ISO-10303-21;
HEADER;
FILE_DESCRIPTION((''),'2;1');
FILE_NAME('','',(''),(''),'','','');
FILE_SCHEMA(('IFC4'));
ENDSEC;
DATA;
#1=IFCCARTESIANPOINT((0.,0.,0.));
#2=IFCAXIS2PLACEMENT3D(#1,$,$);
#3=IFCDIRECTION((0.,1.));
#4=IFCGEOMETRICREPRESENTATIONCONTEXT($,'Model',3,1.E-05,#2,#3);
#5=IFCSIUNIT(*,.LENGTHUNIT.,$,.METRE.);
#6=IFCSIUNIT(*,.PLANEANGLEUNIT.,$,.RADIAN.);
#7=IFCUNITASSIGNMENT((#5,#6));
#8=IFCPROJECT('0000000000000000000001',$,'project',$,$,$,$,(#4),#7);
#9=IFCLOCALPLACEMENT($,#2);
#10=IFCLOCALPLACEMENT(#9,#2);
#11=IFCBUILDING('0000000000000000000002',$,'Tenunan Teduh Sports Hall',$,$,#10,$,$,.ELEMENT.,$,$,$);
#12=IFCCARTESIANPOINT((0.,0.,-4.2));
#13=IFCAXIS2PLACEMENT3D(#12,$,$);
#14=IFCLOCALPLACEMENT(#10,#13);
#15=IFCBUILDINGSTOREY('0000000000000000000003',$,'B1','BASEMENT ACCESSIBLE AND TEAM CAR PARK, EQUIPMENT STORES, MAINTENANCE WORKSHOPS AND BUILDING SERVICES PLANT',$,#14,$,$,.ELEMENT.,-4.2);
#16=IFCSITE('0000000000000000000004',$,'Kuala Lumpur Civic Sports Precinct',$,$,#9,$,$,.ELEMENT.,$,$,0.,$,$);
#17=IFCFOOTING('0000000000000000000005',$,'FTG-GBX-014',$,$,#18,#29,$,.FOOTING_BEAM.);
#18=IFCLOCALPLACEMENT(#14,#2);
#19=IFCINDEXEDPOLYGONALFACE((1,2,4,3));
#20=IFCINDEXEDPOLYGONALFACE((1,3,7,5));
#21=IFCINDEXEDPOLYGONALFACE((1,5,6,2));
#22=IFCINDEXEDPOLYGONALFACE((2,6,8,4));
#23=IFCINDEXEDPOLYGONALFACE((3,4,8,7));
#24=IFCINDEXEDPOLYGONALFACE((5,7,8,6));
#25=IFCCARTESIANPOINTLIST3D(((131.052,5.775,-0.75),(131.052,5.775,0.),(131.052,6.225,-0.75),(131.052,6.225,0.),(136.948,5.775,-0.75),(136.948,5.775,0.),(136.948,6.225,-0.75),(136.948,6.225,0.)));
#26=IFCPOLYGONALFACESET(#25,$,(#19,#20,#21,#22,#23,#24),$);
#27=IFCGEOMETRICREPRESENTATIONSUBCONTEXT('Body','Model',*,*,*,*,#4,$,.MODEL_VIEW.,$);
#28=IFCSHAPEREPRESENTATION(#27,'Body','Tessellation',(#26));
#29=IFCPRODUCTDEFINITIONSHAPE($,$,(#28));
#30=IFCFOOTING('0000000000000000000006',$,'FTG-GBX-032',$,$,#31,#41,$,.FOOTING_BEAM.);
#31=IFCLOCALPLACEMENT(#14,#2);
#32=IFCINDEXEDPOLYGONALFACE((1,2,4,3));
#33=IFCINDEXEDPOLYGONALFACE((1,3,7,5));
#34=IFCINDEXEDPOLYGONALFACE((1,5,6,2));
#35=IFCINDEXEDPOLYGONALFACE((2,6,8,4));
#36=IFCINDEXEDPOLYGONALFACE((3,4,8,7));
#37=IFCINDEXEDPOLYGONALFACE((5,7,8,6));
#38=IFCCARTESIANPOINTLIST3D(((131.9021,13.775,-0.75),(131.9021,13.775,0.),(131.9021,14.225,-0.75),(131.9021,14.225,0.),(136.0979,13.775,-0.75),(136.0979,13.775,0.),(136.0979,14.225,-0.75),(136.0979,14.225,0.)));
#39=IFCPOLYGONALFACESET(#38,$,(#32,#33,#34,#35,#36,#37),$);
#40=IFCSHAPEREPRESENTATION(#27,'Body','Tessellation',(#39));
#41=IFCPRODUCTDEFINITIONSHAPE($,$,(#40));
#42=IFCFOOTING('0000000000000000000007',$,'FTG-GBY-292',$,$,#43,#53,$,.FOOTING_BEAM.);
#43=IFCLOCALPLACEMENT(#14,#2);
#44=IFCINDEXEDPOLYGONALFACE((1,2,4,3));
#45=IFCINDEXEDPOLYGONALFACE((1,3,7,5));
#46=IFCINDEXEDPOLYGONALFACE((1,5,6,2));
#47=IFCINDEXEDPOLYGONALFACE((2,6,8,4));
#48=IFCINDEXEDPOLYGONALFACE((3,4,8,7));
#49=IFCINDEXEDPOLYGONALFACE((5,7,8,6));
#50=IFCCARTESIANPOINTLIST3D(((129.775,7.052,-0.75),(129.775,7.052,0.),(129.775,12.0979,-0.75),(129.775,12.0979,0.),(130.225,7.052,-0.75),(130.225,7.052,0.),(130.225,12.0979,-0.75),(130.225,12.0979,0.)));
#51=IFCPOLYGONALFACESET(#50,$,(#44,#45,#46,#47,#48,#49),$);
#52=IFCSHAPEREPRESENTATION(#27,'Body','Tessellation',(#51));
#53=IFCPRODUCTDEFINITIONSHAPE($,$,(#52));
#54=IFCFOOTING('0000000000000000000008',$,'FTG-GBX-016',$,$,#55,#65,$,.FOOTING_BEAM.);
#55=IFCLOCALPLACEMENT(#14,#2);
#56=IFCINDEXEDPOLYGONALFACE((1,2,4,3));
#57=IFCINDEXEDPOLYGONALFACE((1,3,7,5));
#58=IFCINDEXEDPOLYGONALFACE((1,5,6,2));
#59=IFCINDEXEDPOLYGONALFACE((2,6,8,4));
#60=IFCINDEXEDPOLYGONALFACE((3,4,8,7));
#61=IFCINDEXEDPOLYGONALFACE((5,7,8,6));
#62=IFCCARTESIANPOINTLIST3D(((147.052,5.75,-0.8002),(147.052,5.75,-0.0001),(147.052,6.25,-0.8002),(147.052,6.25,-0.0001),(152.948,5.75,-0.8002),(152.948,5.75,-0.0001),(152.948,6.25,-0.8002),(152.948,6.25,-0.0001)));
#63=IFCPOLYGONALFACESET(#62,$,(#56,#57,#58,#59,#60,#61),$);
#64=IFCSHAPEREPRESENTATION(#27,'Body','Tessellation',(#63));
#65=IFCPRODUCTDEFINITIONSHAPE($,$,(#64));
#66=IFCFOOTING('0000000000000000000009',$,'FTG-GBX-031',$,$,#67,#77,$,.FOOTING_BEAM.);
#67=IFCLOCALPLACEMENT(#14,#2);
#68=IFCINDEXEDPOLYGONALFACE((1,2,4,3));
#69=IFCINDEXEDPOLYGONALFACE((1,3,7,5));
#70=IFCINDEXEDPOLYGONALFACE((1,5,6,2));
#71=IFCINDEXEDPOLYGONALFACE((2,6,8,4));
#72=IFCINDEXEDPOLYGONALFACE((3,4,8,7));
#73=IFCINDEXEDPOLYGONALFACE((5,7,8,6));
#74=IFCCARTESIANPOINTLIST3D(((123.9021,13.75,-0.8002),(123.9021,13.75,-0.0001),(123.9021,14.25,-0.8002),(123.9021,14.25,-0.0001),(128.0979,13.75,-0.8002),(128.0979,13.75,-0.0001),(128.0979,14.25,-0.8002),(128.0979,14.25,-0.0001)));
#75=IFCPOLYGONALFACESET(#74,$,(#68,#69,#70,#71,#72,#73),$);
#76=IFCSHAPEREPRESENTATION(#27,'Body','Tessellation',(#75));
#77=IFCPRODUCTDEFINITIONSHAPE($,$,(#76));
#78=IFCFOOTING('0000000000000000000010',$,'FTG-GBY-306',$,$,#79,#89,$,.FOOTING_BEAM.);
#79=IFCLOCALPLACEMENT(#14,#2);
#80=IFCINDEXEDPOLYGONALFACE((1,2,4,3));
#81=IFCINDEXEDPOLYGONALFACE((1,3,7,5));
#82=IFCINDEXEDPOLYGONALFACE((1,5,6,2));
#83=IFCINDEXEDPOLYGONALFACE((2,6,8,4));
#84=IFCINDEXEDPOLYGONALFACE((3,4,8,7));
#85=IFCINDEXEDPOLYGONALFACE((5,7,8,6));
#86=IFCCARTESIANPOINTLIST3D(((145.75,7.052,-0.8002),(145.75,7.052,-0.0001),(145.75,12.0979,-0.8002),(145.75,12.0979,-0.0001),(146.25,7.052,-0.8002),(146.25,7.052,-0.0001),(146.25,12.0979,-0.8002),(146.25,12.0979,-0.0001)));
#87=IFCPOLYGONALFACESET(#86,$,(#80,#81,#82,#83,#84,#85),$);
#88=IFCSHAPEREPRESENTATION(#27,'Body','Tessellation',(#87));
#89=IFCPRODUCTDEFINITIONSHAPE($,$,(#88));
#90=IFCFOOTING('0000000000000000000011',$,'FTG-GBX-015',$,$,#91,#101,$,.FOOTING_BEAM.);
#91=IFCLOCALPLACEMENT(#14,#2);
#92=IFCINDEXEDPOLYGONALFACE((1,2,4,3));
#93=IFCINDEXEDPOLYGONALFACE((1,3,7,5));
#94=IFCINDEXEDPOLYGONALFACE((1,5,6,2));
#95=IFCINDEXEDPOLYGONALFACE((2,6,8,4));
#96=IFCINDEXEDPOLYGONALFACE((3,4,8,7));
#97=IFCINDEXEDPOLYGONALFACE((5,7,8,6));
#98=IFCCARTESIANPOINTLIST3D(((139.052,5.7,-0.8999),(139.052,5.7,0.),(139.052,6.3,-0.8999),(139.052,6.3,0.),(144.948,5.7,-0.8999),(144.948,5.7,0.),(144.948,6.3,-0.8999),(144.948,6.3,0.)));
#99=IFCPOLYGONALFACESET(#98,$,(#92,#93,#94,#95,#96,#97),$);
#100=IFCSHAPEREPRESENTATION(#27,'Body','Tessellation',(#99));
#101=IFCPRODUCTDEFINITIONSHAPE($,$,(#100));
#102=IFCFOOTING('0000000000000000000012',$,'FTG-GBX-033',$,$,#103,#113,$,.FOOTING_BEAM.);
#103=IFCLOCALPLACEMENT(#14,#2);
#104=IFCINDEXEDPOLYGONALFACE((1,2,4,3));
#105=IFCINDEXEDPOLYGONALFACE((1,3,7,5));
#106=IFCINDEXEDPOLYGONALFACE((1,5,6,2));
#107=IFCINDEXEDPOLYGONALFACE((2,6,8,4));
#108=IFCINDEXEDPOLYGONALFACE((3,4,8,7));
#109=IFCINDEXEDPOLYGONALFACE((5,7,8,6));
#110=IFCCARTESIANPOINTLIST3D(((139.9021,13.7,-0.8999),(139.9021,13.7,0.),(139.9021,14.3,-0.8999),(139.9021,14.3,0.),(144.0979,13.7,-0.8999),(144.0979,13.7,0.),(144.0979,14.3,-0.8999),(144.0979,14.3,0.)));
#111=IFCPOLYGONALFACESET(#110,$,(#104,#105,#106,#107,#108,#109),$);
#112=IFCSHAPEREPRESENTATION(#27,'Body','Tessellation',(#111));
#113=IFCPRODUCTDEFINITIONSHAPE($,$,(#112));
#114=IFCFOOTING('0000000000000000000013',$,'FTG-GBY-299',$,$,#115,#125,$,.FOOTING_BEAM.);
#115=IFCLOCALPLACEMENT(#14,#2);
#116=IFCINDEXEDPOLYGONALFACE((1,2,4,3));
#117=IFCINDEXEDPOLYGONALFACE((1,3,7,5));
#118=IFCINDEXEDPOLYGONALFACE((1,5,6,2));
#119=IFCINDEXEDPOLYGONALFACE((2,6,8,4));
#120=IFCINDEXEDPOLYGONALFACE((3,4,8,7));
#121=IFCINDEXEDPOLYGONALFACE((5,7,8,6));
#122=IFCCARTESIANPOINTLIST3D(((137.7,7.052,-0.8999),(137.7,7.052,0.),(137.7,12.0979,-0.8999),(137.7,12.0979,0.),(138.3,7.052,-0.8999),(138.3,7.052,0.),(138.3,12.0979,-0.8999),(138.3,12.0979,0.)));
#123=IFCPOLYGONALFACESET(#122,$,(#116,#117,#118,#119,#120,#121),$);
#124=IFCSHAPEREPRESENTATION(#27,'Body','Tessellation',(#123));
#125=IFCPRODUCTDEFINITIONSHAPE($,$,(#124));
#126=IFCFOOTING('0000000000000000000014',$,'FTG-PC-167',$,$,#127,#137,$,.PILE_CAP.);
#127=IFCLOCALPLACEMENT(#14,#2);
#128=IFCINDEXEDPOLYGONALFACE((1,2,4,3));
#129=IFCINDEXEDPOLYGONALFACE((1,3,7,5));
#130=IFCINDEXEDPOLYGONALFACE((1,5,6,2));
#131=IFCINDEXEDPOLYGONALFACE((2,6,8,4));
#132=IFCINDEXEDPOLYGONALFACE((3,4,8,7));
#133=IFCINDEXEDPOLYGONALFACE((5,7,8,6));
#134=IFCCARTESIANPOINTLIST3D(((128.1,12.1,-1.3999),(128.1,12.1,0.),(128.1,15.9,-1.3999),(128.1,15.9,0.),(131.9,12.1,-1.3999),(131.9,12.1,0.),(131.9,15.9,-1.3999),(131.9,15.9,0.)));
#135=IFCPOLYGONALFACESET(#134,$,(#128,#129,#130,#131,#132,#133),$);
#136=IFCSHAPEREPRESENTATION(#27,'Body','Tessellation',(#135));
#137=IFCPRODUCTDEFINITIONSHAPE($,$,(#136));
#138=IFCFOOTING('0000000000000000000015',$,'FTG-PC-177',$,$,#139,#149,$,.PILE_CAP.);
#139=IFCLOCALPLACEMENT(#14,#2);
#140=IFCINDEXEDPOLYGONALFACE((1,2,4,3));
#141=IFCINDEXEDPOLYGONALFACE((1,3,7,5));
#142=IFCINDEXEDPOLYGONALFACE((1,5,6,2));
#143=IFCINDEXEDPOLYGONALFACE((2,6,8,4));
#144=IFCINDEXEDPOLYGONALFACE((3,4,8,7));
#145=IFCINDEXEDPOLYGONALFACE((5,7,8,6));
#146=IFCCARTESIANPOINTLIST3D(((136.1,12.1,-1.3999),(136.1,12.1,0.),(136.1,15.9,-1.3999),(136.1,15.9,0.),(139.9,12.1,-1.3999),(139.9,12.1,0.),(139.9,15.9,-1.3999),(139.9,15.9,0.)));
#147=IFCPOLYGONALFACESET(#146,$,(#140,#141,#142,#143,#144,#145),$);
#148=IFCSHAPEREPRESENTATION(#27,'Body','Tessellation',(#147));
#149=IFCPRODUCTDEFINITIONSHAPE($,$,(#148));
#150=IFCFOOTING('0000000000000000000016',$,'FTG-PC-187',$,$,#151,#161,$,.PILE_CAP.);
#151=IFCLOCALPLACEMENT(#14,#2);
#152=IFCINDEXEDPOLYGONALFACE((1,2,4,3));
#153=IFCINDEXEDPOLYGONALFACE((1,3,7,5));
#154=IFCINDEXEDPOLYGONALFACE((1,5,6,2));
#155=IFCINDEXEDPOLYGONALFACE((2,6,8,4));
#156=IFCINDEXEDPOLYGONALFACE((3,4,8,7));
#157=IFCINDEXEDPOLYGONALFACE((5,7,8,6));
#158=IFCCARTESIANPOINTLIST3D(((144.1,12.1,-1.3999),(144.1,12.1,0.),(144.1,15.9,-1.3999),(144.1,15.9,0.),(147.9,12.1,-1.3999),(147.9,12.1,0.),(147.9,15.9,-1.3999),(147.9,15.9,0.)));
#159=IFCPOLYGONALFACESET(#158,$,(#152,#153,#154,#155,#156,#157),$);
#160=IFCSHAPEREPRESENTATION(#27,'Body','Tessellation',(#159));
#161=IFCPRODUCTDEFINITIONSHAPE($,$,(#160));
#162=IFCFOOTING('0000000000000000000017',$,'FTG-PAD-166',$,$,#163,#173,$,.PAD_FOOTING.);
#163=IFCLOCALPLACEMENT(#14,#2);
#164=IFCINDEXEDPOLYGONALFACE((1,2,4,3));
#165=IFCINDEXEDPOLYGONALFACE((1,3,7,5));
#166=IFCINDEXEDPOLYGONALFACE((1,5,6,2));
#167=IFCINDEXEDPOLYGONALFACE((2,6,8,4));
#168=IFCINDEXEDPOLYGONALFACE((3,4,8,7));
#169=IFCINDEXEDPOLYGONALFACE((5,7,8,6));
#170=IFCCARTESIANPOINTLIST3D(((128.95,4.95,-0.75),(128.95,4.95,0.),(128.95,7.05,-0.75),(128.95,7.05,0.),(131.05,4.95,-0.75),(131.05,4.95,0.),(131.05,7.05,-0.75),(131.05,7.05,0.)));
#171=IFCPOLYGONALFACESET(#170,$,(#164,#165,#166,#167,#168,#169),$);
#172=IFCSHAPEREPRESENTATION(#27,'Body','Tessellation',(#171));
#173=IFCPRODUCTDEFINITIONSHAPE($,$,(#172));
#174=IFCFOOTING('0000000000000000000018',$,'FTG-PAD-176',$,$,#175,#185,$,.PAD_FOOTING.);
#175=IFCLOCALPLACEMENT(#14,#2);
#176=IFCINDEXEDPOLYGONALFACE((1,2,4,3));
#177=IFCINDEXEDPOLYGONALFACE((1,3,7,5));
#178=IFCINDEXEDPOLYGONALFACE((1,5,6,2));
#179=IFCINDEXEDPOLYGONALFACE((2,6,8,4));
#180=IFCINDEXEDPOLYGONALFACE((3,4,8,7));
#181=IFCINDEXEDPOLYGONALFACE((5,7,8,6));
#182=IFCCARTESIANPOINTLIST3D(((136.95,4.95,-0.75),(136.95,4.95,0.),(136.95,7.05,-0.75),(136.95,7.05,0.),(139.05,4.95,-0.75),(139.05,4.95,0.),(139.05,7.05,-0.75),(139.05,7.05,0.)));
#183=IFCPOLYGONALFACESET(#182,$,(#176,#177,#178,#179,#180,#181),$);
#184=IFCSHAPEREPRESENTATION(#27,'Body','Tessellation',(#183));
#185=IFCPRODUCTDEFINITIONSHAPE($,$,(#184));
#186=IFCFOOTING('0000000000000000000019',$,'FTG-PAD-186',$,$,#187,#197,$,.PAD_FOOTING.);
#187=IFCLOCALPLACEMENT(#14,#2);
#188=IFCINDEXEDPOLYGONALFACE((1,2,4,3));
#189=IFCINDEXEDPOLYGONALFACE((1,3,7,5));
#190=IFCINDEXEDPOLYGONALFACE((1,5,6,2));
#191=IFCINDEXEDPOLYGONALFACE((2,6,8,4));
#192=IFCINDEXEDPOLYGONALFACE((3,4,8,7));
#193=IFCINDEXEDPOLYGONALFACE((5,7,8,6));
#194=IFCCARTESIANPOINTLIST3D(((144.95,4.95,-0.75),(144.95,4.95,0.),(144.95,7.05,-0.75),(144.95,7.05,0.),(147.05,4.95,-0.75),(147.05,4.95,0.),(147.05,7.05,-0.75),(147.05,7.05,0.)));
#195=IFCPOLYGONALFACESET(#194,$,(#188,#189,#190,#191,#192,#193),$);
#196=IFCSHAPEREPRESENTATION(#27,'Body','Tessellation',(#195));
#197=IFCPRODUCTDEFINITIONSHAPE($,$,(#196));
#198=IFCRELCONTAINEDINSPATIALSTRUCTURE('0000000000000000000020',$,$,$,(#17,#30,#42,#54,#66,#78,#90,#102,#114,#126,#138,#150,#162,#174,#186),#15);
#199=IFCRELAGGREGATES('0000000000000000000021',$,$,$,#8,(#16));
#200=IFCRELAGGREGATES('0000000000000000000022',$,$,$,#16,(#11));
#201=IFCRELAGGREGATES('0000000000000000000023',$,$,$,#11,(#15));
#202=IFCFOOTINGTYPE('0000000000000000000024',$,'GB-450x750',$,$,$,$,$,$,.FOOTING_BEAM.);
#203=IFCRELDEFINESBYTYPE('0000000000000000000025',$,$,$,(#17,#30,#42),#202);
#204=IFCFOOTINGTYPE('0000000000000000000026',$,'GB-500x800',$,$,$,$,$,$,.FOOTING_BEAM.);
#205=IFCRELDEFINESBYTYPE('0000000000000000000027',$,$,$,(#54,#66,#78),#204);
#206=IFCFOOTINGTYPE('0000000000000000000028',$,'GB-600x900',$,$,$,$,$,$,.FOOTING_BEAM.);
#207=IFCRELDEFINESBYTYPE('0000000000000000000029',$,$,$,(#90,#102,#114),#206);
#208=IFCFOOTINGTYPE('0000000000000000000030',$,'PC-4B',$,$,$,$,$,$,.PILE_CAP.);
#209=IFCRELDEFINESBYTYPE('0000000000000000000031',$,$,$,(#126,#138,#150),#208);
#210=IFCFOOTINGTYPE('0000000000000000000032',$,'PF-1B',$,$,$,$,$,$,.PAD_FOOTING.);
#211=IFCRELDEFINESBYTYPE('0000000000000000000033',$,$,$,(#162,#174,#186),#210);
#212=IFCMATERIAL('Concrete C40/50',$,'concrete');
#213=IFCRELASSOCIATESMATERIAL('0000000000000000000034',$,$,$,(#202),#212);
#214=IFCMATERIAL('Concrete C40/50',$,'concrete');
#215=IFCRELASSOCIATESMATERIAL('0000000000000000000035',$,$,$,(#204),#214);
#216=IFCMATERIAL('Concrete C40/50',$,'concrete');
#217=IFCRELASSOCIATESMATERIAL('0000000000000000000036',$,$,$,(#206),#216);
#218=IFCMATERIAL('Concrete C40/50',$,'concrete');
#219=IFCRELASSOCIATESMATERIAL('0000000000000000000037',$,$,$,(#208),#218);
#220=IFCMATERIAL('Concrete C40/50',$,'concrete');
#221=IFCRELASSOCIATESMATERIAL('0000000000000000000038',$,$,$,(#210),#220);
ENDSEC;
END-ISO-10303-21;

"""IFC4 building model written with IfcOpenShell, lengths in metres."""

from ifc_helpers import new_model, si_unit, direction, frame, origin, origin_2d, place, context, subcontext, project, spatial, rectangle, extrude, material, material_profile, profile_set, type_object, element, save


model = new_model("IFC4")

# Units and contexts
model_context = context("Model", 3, precision=1e-05, world=origin(), true_north=direction((0.0, 1.0)))
body_context = subcontext(model_context, "Body", "Model", "MODEL_VIEW")
ifc_project = project(units=[si_unit("LENGTHUNIT", "METRE"), si_unit("PLANEANGLEUNIT", "RADIAN")], contexts=[model_context])

# Site, building, storey
site_placement = place(None, origin())
site = spatial("IfcSite", under=ifc_project, at=site_placement, Name="Kuala Lumpur Civic Sports Precinct", CompositionType="ELEMENT", RefElevation=0.0)
building_placement = place(site_placement, origin())
building = spatial("IfcBuilding", under=site, at=building_placement, Name="Tenunan Teduh Sports Hall", CompositionType="ELEMENT")
storey_placement = place(building_placement, frame((0.0, 0.0, -4.2)))
storey = spatial("IfcBuildingStorey", under=building, at=storey_placement, Name="B1", Description="BASEMENT ACCESSIBLE AND TEAM CAR PARK, EQUIPMENT STORES, MAINTENANCE WORKSHOPS AND BUILDING SERVICES PLANT", CompositionType="ELEMENT", Elevation=-4.2)

# Footings
ifc_material_1 = material(Name="Concrete C40/50", Category="concrete")
ifc_material_profile_1 = material_profile(ifc_material_1, rectangle(XDim=0.45, YDim=0.75, at=origin_2d()), Name="RCB 450x750")
ifc_profile_set_1 = profile_set([ifc_material_profile_1], Name="Concrete C40/50")
footing_type_1 = type_object("IfcFootingType", Name="GB-450x750", PredefinedType="FOOTING_BEAM", material=ifc_profile_set_1)
footing_1_placement = place(storey_placement, frame((131.052, 6.0, -0.375), z_axis=(1.0, 0.0, 0.0), x_axis=(0.0, 1.0, 0.0)))
element("IfcFooting", 1, at=footing_1_placement, inside=storey, type_object=footing_type_1, Name="FTG-GBX-014", PredefinedType="FOOTING_BEAM", context=body_context, shape_type="SweptSolid", body=[
    extrude(rectangle(XDim=0.45, YDim=0.75, at=origin_2d()), origin(), (0.0, 0.0, 1.0), 5.896),
])
footing_2_placement = place(storey_placement, frame((131.9021, 14.0, -0.375), z_axis=(1.0, 0.0, 0.0), x_axis=(0.0, 1.0, 0.0)))
element("IfcFooting", 2, at=footing_2_placement, inside=storey, type_object=footing_type_1, Name="FTG-GBX-032", PredefinedType="FOOTING_BEAM", context=body_context, shape_type="SweptSolid", body=[
    extrude(rectangle(XDim=0.45, YDim=0.75, at=origin_2d()), origin(), (0.0, 0.0, 1.0), 4.1958),
])
footing_3_placement = place(storey_placement, frame((130.0, 7.052, -0.375), z_axis=(0.0, 1.0, 0.0), x_axis=(-1.0, 0.0, 0.0)))
element("IfcFooting", 3, at=footing_3_placement, inside=storey, type_object=footing_type_1, Name="FTG-GBY-292", PredefinedType="FOOTING_BEAM", context=body_context, shape_type="SweptSolid", body=[
    extrude(rectangle(XDim=0.45, YDim=0.75, at=origin_2d()), origin(), (0.0, 0.0, 1.0), 5.0459),
])
ifc_material_2 = material(Name="Concrete C40/50", Category="concrete")
ifc_material_profile_2 = material_profile(ifc_material_2, rectangle(XDim=0.5, YDim=0.8, at=origin_2d()), Name="RCB 500x800")
ifc_profile_set_2 = profile_set([ifc_material_profile_2], Name="Concrete C40/50")
footing_type_2 = type_object("IfcFootingType", Name="GB-500x800", PredefinedType="FOOTING_BEAM", material=ifc_profile_set_2)
footing_4_placement = place(storey_placement, frame((147.052, 6.0, -0.4001), z_axis=(1.0, 0.0, 0.0), x_axis=(0.0, 1.0, 0.0)))
element("IfcFooting", 4, at=footing_4_placement, inside=storey, type_object=footing_type_2, Name="FTG-GBX-016", PredefinedType="FOOTING_BEAM", context=body_context, shape_type="SweptSolid", body=[
    extrude(rectangle(XDim=0.5, YDim=0.8, at=origin_2d()), origin(), (0.0, 0.0, 1.0), 5.896),
])
footing_5_placement = place(storey_placement, frame((123.9021, 14.0, -0.4001), z_axis=(1.0, 0.0, 0.0), x_axis=(0.0, 1.0, 0.0)))
element("IfcFooting", 5, at=footing_5_placement, inside=storey, type_object=footing_type_2, Name="FTG-GBX-031", PredefinedType="FOOTING_BEAM", context=body_context, shape_type="SweptSolid", body=[
    extrude(rectangle(XDim=0.5, YDim=0.8, at=origin_2d()), origin(), (0.0, 0.0, 1.0), 4.1958),
])
footing_6_placement = place(storey_placement, frame((146.0, 7.052, -0.4001), z_axis=(0.0, 1.0, 0.0), x_axis=(-1.0, 0.0, 0.0)))
element("IfcFooting", 6, at=footing_6_placement, inside=storey, type_object=footing_type_2, Name="FTG-GBY-306", PredefinedType="FOOTING_BEAM", context=body_context, shape_type="SweptSolid", body=[
    extrude(rectangle(XDim=0.5, YDim=0.8, at=origin_2d()), origin(), (0.0, 0.0, 1.0), 5.0459),
])
ifc_material_3 = material(Name="Concrete C40/50", Category="concrete")
ifc_material_profile_3 = material_profile(ifc_material_3, rectangle(XDim=0.6001, YDim=0.8999, at=origin_2d()), Name="RCB 600x900")
ifc_profile_set_3 = profile_set([ifc_material_profile_3], Name="Concrete C40/50")
footing_type_3 = type_object("IfcFootingType", Name="GB-600x900", PredefinedType="FOOTING_BEAM", material=ifc_profile_set_3)
footing_7_placement = place(storey_placement, frame((139.052, 6.0, -0.45), z_axis=(1.0, 0.0, 0.0), x_axis=(0.0, 1.0, 0.0)))
element("IfcFooting", 7, at=footing_7_placement, inside=storey, type_object=footing_type_3, Name="FTG-GBX-015", PredefinedType="FOOTING_BEAM", context=body_context, shape_type="SweptSolid", body=[
    extrude(rectangle(XDim=0.6001, YDim=0.8999, at=origin_2d()), origin(), (0.0, 0.0, 1.0), 5.896),
])
footing_8_placement = place(storey_placement, frame((139.9021, 14.0, -0.45), z_axis=(1.0, 0.0, 0.0), x_axis=(0.0, 1.0, 0.0)))
element("IfcFooting", 8, at=footing_8_placement, inside=storey, type_object=footing_type_3, Name="FTG-GBX-033", PredefinedType="FOOTING_BEAM", context=body_context, shape_type="SweptSolid", body=[
    extrude(rectangle(XDim=0.6001, YDim=0.8999, at=origin_2d()), origin(), (0.0, 0.0, 1.0), 4.1958),
])
footing_9_placement = place(storey_placement, frame((138.0, 7.052, -0.45), z_axis=(0.0, 1.0, 0.0), x_axis=(-1.0, 0.0, 0.0)))
element("IfcFooting", 9, at=footing_9_placement, inside=storey, type_object=footing_type_3, Name="FTG-GBY-299", PredefinedType="FOOTING_BEAM", context=body_context, shape_type="SweptSolid", body=[
    extrude(rectangle(XDim=0.6001, YDim=0.8999, at=origin_2d()), origin(), (0.0, 0.0, 1.0), 5.0459),
])
ifc_material_4 = material(Name="Concrete C40/50", Category="concrete")
footing_type_4 = type_object("IfcFootingType", Name="PC-4B", PredefinedType="PILE_CAP", material=ifc_material_4)
for number, where, z_axis, x_axis, name in (
    (10, (130.0, 14.0, -1.3999), (0.0, 0.0, 1.0), (1.0, 0.0, 0.0), "FTG-PC-167"),
    (11, (138.0, 14.0, -1.3999), (0.0, 0.0, 1.0), (1.0, 0.0, 0.0), "FTG-PC-177"),
    (12, (146.0, 14.0, -1.3999), (0.0, 0.0, 1.0), (1.0, 0.0, 0.0), "FTG-PC-187"),
):
    element("IfcFooting", number, at=place(storey_placement, frame(where, z_axis=z_axis, x_axis=x_axis)), inside=storey, type_object=footing_type_4, Name=name, PredefinedType="PILE_CAP", context=body_context, shape_type="SweptSolid", body=[
        extrude(rectangle(XDim=3.8, YDim=3.8, at=origin_2d()), origin(), (0.0, 0.0, 1.0), 1.3999),
    ])
ifc_material_5 = material(Name="Concrete C40/50", Category="concrete")
footing_type_5 = type_object("IfcFootingType", Name="PF-1B", PredefinedType="PAD_FOOTING", material=ifc_material_5)
for number, where, z_axis, x_axis, name in (
    (13, (130.0, 6.0, -0.75), (0.0, 0.0, 1.0), (1.0, 0.0, 0.0), "FTG-PAD-166"),
    (14, (138.0, 6.0, -0.75), (0.0, 0.0, 1.0), (1.0, 0.0, 0.0), "FTG-PAD-176"),
    (15, (146.0, 6.0, -0.75), (0.0, 0.0, 1.0), (1.0, 0.0, 0.0), "FTG-PAD-186"),
):
    element("IfcFooting", number, at=place(storey_placement, frame(where, z_axis=z_axis, x_axis=x_axis)), inside=storey, type_object=footing_type_5, Name=name, PredefinedType="PAD_FOOTING", context=body_context, shape_type="SweptSolid", body=[
        extrude(rectangle(XDim=2.1001, YDim=2.1001, at=origin_2d()), origin(), (0.0, 0.0, 1.0), 0.75),
    ])

save(model, "model.ifc")
